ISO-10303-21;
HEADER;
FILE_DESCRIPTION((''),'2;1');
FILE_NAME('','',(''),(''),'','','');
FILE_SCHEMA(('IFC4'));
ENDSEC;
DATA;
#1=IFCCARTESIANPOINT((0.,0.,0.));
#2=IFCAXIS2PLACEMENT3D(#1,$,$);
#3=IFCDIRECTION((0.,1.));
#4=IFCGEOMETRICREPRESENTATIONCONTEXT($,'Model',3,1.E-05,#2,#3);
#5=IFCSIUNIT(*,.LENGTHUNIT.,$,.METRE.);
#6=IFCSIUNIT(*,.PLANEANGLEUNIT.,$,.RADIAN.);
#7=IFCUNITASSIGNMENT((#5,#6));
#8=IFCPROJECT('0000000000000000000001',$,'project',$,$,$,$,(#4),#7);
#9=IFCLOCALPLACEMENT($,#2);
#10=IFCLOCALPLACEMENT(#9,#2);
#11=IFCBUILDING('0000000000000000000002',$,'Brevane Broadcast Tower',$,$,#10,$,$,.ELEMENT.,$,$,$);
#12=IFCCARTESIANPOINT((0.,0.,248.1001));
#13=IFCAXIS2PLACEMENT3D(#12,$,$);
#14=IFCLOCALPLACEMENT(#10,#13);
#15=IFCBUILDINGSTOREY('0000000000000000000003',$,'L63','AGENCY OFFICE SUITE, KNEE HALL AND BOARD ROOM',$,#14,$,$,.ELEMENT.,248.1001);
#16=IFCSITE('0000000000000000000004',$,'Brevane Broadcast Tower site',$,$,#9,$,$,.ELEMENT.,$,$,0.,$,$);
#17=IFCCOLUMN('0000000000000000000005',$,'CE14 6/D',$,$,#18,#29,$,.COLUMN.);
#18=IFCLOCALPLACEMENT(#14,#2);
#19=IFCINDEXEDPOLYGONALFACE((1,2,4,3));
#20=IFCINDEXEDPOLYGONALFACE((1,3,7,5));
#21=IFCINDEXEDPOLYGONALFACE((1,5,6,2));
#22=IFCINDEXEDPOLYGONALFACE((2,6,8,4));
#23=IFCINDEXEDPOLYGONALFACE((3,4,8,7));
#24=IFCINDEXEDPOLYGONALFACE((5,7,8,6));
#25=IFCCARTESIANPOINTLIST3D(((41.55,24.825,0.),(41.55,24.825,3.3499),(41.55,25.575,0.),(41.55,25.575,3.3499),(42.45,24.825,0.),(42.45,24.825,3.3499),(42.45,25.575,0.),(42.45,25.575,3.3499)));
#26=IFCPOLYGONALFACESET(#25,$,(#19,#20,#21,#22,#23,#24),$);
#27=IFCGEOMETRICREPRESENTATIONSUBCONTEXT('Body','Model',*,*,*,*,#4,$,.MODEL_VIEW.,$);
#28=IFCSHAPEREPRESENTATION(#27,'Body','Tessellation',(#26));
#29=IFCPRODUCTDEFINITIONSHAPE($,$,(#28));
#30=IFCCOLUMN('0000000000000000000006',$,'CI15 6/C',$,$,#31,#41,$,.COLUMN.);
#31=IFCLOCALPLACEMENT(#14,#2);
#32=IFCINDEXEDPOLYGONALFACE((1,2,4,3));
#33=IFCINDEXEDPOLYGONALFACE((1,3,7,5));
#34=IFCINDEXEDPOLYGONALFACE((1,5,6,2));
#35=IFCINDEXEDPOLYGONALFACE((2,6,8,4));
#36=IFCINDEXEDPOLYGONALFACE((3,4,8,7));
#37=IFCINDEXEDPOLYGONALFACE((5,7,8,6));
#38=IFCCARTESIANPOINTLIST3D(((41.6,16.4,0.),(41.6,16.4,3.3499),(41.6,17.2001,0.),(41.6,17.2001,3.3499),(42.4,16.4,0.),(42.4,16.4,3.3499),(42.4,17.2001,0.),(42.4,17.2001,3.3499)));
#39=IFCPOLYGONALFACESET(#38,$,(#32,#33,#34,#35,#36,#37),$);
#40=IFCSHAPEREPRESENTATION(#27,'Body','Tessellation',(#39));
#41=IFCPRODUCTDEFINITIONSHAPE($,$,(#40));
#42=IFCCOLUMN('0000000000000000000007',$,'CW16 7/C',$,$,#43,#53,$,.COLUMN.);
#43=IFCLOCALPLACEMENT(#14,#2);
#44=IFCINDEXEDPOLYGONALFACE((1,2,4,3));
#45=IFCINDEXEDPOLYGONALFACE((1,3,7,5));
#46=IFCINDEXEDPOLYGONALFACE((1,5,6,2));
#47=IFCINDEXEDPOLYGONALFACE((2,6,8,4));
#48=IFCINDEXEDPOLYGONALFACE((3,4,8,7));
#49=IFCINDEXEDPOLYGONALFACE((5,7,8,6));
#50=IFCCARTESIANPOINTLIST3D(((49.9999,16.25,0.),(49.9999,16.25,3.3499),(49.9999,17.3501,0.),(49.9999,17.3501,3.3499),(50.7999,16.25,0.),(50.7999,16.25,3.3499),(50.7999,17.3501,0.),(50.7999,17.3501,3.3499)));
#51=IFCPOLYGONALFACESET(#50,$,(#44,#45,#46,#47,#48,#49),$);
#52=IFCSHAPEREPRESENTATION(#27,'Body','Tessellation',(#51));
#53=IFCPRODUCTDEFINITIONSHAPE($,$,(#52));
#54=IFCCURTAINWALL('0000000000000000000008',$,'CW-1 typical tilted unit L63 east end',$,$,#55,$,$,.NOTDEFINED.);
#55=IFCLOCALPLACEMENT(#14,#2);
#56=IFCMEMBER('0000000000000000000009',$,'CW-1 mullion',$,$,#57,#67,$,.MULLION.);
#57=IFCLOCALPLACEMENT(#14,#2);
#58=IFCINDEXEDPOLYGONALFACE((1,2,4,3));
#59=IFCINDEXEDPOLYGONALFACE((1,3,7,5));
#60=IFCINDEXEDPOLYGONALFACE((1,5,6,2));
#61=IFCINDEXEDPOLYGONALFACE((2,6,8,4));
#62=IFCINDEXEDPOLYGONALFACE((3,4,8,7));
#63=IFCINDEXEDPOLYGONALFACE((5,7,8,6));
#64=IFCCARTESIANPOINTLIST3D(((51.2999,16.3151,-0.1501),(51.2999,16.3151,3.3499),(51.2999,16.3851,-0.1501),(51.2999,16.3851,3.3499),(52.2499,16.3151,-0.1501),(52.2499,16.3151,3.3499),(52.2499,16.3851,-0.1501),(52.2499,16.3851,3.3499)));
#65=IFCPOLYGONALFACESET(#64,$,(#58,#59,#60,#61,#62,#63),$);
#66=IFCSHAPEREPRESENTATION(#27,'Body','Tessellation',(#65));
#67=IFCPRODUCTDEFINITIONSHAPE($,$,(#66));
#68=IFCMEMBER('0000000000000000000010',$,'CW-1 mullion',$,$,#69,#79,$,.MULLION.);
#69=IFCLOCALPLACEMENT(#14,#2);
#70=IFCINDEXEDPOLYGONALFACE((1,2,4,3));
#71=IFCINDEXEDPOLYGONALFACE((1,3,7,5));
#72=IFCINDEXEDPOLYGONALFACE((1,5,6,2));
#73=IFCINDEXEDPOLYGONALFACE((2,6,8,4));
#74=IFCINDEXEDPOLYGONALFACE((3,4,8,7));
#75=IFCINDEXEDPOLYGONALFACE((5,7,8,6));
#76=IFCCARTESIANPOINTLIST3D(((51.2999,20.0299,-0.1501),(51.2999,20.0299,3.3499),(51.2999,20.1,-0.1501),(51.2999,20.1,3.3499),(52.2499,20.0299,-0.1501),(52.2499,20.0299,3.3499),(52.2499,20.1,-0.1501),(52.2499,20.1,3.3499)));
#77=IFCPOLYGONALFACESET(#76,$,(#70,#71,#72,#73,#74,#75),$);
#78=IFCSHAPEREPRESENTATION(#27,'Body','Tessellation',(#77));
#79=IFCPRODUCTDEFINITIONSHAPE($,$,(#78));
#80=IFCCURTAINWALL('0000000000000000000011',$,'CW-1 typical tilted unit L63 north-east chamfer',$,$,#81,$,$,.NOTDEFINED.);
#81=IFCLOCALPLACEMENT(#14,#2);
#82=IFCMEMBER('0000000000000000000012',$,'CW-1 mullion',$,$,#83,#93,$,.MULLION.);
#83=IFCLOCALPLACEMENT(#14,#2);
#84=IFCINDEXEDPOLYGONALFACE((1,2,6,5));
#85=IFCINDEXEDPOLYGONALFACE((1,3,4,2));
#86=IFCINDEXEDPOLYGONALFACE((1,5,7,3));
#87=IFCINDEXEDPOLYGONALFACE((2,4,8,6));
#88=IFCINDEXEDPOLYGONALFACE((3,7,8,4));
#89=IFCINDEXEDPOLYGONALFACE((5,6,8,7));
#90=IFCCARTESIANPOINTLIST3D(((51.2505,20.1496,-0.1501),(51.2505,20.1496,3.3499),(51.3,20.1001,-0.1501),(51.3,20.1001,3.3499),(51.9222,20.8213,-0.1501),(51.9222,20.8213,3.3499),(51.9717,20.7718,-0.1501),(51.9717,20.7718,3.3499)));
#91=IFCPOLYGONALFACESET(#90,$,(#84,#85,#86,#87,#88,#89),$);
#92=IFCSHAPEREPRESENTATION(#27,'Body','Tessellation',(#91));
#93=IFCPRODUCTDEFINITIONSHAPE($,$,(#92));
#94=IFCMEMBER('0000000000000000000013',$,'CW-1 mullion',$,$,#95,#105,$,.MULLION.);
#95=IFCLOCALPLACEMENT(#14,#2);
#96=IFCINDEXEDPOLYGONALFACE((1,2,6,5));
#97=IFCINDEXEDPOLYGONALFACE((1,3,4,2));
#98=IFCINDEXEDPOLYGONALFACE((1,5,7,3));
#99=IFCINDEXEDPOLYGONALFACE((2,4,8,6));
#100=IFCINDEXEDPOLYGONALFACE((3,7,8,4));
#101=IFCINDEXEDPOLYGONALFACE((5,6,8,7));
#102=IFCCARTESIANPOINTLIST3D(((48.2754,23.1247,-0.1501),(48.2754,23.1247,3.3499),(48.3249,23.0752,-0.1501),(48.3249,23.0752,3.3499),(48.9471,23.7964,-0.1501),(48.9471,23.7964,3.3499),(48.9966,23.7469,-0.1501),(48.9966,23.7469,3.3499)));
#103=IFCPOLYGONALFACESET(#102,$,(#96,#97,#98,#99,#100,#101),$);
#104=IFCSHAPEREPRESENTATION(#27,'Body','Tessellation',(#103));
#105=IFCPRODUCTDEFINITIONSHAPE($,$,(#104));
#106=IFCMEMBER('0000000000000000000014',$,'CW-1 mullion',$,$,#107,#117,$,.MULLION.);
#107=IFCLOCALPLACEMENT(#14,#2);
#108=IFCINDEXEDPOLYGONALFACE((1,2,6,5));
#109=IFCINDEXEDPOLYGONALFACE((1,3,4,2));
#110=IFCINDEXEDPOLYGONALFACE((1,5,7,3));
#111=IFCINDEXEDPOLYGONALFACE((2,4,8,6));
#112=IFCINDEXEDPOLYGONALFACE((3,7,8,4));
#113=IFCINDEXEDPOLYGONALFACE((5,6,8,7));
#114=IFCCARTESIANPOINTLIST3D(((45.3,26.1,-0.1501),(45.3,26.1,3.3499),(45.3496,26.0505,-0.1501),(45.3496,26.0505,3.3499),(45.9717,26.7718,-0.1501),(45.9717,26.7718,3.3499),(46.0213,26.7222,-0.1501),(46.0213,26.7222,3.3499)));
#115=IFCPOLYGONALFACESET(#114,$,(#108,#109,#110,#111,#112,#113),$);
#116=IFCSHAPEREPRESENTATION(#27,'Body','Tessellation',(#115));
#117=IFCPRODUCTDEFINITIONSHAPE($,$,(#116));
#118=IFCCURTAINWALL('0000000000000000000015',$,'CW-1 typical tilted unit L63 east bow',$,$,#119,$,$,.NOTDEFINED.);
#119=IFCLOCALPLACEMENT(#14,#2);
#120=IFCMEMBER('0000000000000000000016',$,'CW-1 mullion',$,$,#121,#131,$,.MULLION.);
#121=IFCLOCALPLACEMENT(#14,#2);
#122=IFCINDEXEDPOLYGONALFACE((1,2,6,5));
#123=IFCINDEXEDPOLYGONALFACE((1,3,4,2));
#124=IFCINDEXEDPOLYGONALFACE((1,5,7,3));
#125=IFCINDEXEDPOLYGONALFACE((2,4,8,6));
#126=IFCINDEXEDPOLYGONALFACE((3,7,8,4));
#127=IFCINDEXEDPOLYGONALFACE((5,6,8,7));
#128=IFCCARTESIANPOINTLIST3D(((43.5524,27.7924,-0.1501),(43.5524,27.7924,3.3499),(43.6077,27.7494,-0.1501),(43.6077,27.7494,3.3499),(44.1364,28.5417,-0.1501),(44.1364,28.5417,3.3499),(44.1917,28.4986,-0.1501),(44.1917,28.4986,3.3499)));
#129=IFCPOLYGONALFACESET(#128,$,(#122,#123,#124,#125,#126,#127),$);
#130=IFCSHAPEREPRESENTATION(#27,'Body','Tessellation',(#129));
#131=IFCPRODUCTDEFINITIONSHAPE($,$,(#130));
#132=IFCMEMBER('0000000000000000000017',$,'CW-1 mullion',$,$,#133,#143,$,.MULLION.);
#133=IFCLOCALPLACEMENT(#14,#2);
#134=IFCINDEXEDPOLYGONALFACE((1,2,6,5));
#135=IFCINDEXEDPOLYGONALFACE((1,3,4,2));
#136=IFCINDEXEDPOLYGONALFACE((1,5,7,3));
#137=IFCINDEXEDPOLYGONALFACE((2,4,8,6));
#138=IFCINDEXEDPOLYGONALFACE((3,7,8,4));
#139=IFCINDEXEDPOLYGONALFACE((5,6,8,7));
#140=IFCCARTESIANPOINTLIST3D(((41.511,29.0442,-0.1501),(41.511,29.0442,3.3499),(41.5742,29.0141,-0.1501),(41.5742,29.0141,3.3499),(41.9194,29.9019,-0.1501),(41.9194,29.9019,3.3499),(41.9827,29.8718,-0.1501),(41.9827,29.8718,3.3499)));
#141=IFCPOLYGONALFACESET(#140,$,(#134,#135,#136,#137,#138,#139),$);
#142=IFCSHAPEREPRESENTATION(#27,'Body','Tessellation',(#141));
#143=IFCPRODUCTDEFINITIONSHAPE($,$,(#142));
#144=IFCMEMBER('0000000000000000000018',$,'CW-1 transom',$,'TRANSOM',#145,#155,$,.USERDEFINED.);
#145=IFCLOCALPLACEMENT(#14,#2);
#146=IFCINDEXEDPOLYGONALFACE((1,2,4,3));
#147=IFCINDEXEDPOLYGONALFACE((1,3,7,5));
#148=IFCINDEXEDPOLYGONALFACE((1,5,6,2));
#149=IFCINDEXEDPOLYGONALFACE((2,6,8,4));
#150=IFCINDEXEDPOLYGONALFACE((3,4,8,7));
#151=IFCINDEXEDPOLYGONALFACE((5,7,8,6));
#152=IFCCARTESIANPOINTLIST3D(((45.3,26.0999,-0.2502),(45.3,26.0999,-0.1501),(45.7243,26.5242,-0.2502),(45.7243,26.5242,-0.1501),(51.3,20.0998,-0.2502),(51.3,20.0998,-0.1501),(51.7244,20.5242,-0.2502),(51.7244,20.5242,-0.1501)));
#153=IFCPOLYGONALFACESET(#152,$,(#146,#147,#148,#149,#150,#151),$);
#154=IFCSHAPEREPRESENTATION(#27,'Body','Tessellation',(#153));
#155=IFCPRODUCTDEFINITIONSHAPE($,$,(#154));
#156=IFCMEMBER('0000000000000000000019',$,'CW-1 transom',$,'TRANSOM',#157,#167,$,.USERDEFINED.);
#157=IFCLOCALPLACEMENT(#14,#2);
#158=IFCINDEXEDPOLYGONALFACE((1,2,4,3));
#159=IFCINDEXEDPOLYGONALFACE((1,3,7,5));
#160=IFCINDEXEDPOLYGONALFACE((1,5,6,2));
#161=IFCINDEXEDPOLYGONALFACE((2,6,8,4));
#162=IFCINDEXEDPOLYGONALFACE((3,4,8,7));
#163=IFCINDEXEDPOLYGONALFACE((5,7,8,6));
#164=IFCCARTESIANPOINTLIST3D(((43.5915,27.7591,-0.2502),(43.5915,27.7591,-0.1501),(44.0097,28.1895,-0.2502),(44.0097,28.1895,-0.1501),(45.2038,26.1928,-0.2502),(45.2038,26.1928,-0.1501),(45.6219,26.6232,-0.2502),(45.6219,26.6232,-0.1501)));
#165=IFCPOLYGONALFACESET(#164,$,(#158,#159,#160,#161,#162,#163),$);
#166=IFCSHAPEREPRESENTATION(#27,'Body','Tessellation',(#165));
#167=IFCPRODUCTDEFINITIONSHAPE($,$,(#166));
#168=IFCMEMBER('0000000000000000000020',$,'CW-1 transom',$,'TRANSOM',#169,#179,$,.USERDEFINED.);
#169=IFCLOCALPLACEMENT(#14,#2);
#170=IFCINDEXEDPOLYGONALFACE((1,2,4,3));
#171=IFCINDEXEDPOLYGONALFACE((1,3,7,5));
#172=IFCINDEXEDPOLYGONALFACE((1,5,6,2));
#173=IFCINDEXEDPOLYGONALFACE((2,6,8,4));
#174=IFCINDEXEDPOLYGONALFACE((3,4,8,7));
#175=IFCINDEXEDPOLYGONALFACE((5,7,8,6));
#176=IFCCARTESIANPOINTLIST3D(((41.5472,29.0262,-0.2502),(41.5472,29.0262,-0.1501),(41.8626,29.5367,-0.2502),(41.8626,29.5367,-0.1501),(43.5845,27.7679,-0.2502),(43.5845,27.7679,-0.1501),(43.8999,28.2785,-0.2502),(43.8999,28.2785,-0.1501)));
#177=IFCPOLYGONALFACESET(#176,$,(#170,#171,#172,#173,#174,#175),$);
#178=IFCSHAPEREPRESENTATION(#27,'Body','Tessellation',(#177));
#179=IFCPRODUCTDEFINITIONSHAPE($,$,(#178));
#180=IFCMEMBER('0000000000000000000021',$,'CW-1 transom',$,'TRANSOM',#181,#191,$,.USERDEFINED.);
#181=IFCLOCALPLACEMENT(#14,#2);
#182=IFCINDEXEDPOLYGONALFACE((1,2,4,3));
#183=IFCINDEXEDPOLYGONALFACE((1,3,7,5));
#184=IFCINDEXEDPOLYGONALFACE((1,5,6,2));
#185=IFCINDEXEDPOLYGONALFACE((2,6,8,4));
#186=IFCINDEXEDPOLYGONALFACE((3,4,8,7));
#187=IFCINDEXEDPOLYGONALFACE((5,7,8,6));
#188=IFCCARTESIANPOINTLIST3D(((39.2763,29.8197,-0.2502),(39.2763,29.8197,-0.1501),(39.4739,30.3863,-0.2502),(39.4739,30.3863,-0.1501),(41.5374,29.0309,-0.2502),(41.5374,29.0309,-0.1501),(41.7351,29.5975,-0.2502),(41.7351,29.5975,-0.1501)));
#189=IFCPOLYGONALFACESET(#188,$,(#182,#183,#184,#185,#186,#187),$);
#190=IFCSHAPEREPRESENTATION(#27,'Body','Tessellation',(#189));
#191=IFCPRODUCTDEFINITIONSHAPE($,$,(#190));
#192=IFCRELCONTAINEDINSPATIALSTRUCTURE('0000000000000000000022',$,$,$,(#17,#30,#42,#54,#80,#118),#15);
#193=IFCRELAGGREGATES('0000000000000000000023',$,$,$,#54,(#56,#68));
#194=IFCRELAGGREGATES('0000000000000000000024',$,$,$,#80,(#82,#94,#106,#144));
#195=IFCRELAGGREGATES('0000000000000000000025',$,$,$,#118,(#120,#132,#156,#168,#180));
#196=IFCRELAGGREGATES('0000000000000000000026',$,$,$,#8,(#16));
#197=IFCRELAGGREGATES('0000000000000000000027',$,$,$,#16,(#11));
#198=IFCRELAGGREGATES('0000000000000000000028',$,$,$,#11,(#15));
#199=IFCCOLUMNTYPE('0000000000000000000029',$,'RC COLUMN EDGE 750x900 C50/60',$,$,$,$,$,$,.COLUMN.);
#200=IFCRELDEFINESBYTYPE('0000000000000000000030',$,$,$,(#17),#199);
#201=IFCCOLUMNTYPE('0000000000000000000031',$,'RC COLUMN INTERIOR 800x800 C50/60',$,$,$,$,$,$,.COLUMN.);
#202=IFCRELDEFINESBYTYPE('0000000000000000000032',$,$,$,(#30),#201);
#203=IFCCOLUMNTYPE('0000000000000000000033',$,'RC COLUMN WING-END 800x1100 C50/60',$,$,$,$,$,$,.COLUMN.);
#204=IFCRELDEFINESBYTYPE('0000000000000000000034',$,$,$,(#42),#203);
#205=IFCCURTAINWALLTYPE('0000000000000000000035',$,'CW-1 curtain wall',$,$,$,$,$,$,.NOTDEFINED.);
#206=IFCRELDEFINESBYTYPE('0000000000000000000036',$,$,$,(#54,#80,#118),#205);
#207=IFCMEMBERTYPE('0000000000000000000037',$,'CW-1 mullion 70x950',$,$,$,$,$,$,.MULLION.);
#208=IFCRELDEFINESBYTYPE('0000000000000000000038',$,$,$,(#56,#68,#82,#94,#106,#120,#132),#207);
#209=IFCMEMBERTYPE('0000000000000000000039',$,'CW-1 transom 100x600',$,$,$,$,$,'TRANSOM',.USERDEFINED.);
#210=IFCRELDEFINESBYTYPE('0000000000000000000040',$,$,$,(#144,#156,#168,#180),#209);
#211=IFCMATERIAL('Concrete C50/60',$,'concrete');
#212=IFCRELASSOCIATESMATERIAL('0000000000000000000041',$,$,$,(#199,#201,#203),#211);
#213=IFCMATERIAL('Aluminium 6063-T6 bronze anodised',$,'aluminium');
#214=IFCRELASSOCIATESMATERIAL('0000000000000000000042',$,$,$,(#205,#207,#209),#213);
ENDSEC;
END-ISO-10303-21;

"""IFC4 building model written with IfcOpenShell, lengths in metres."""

from ifc_helpers import new_model, si_unit, direction, frame, origin, origin_2d, place, context, subcontext, project, spatial, rectangle, extrude, material, material_profile, profile_set, type_object, element, aggregate, save


model = new_model("IFC4")

# Units and contexts
model_context = context("Model", 3, precision=1e-05, world=origin(), true_north=direction((0.0, 1.0)))
body_context = subcontext(model_context, "Body", "Model", "MODEL_VIEW")
ifc_project = project(units=[si_unit("LENGTHUNIT", "METRE"), si_unit("PLANEANGLEUNIT", "RADIAN")], contexts=[model_context])

# Site, building, storey
site_placement = place(None, origin())
site = spatial("IfcSite", under=ifc_project, at=site_placement, Name="Brevane Broadcast Tower site", CompositionType="ELEMENT", RefElevation=0.0)
building_placement = place(site_placement, origin())
building = spatial("IfcBuilding", under=site, at=building_placement, Name="Brevane Broadcast Tower", CompositionType="ELEMENT")
storey_placement = place(building_placement, frame((0.0, 0.0, 248.1001)))
storey = spatial("IfcBuildingStorey", under=building, at=storey_placement, Name="L63", Description="AGENCY OFFICE SUITE, KNEE HALL AND BOARD ROOM", CompositionType="ELEMENT", Elevation=248.1001)

# Columns
ifc_material_1 = material(Name="Concrete C50/60", Category="concrete")
ifc_material_profile_1 = material_profile(ifc_material_1, rectangle(XDim=0.75, YDim=0.8999, at=origin_2d()), Name="RC 750x900")
ifc_profile_set_1 = profile_set([ifc_material_profile_1], Name="Concrete C50/60")
column_type_1 = type_object("IfcColumnType", Name="RC COLUMN EDGE 750x900 C50/60", PredefinedType="COLUMN", material=ifc_profile_set_1)
column_1_placement = place(storey_placement, frame((42.0, 25.2, 0.0), z_axis=(0.0, 0.0, 1.0), x_axis=(0.0, 1.0, 0.0)))
element("IfcColumn", 1, at=column_1_placement, inside=storey, type_object=column_type_1, Name="CE14 6/D", PredefinedType="COLUMN", context=body_context, shape_type="SweptSolid", body=[
    extrude(rectangle(XDim=0.75, YDim=0.8999, at=origin_2d()), origin(), (0.0, 0.0, 1.0), 3.3499),
])
ifc_material_profile_2 = material_profile(ifc_material_1, rectangle(XDim=0.8, YDim=0.8, at=origin_2d()), Name="RC 800x800")
ifc_profile_set_2 = profile_set([ifc_material_profile_2], Name="Concrete C50/60")
column_type_2 = type_object("IfcColumnType", Name="RC COLUMN INTERIOR 800x800 C50/60", PredefinedType="COLUMN", material=ifc_profile_set_2)
column_2_placement = place(storey_placement, frame((42.0, 16.8, 0.0), z_axis=(0.0, 0.0, 1.0), x_axis=(1.0, 0.0, 0.0)))
element("IfcColumn", 2, at=column_2_placement, inside=storey, type_object=column_type_2, Name="CI15 6/C", PredefinedType="COLUMN", context=body_context, shape_type="SweptSolid", body=[
    extrude(rectangle(XDim=0.8, YDim=0.8, at=origin_2d()), origin(), (0.0, 0.0, 1.0), 3.3499),
])
ifc_material_profile_3 = material_profile(ifc_material_1, rectangle(XDim=0.8, YDim=1.1001, at=origin_2d()), Name="RC 800x1100")
ifc_profile_set_3 = profile_set([ifc_material_profile_3], Name="Concrete C50/60")
column_type_3 = type_object("IfcColumnType", Name="RC COLUMN WING-END 800x1100 C50/60", PredefinedType="COLUMN", material=ifc_profile_set_3)
column_3_placement = place(storey_placement, frame((50.3999, 16.8, 0.0), z_axis=(0.0, 0.0, 1.0), x_axis=(1.0, 0.0, 0.0)))
element("IfcColumn", 3, at=column_3_placement, inside=storey, type_object=column_type_3, Name="CW16 7/C", PredefinedType="COLUMN", context=body_context, shape_type="SweptSolid", body=[
    extrude(rectangle(XDim=0.8, YDim=1.1001, at=origin_2d()), origin(), (0.0, 0.0, 1.0), 3.3499),
])

# Curtain walls, members
ifc_material_2 = material(Name="Aluminium 6063-T6 bronze anodised", Category="aluminium")
curtain_wall_type = type_object("IfcCurtainWallType", Name="CW-1 curtain wall", PredefinedType="NOTDEFINED", material=ifc_material_2)
curtain_wall_1_placement = place(storey_placement, origin())
curtain_wall_1 = element("IfcCurtainWall", 4, at=curtain_wall_1_placement, inside=storey, type_object=curtain_wall_type, Name="CW-1 typical tilted unit L63 east end", PredefinedType="NOTDEFINED")
ifc_material_profile_4 = material_profile(ifc_material_2, rectangle(XDim=0.95, YDim=0.0701, at=origin_2d()), Name="RECT 70x950")
ifc_profile_set_4 = profile_set([ifc_material_profile_4], Name="Aluminium 6063-T6 bronze anodised")
member_type_1 = type_object("IfcMemberType", Name="CW-1 mullion 70x950", PredefinedType="MULLION", material=ifc_profile_set_4)
member_1_placement = place(storey_placement, frame((51.7749, 16.3501, -0.1501), z_axis=(0.0, 0.0, 1.0), x_axis=(-1.0, 0.0, 0.0)))
member_1 = element("IfcMember", 5, at=member_1_placement, type_object=member_type_1, Name="CW-1 mullion", PredefinedType="MULLION", context=body_context, shape_type="SweptSolid", body=[
    extrude(rectangle(XDim=0.95, YDim=0.0701, at=origin_2d()), origin(), (0.0, 0.0, 1.0), 3.5),
])
member_2_placement = place(storey_placement, frame((51.7749, 20.0649, -0.1501), z_axis=(0.0, 0.0, 1.0), x_axis=(-1.0, 0.0, 0.0)))
member_2 = element("IfcMember", 6, at=member_2_placement, type_object=member_type_1, Name="CW-1 mullion", PredefinedType="MULLION", context=body_context, shape_type="SweptSolid", body=[
    extrude(rectangle(XDim=0.95, YDim=0.0701, at=origin_2d()), origin(), (0.0, 0.0, 1.0), 3.5),
])
aggregate(curtain_wall_1, [member_1, member_2])
curtain_wall_2_placement = place(storey_placement, origin())
curtain_wall_2 = element("IfcCurtainWall", 7, at=curtain_wall_2_placement, inside=storey, type_object=curtain_wall_type, Name="CW-1 typical tilted unit L63 north-east chamfer", PredefinedType="NOTDEFINED")
member_3_placement = place(storey_placement, frame((51.6111, 20.4607, -0.1501), z_axis=(0.0, 0.0, 1.0), x_axis=(-0.707107, -0.707107, 0.0)))
member_3 = element("IfcMember", 8, at=member_3_placement, type_object=member_type_1, Name="CW-1 mullion", PredefinedType="MULLION", context=body_context, shape_type="SweptSolid", body=[
    extrude(rectangle(XDim=0.95, YDim=0.0701, at=origin_2d()), origin(), (0.0, 0.0, 1.0), 3.5),
])
member_4_placement = place(storey_placement, frame((48.636, 23.4358, -0.1501), z_axis=(0.0, 0.0, 1.0), x_axis=(-0.707107, -0.707107, 0.0)))
member_4 = element("IfcMember", 9, at=member_4_placement, type_object=member_type_1, Name="CW-1 mullion", PredefinedType="MULLION", context=body_context, shape_type="SweptSolid", body=[
    extrude(rectangle(XDim=0.95, YDim=0.0701, at=origin_2d()), origin(), (0.0, 0.0, 1.0), 3.5),
])
member_5_placement = place(storey_placement, frame((45.6606, 26.4111, -0.1501), z_axis=(0.0, 0.0, 1.0), x_axis=(-0.707107, -0.707107, 0.0)))
member_5 = element("IfcMember", 10, at=member_5_placement, type_object=member_type_1, Name="CW-1 mullion", PredefinedType="MULLION", context=body_context, shape_type="SweptSolid", body=[
    extrude(rectangle(XDim=0.95, YDim=0.0701, at=origin_2d()), origin(), (0.0, 0.0, 1.0), 3.5),
])
curtain_wall_3_placement = place(storey_placement, origin())
curtain_wall_3 = element("IfcCurtainWall", 11, at=curtain_wall_3_placement, inside=storey, type_object=curtain_wall_type, Name="CW-1 typical tilted unit L63 east bow", PredefinedType="NOTDEFINED")
member_6_placement = place(storey_placement, frame((43.8721, 28.1455, -0.1501), z_axis=(0.0, 0.0, 1.0), x_axis=(-0.61477, -0.788707, 0.0)))
member_6 = element("IfcMember", 12, at=member_6_placement, type_object=member_type_1, Name="CW-1 mullion", PredefinedType="MULLION", context=body_context, shape_type="SweptSolid", body=[
    extrude(rectangle(XDim=0.95, YDim=0.0701, at=origin_2d()), origin(), (0.0, 0.0, 1.0), 3.5),
])
member_7_placement = place(storey_placement, frame((41.7468, 29.458, -0.1501), z_axis=(0.0, 0.0, 1.0), x_axis=(-0.429934, -0.902861, 0.0)))
member_7 = element("IfcMember", 13, at=member_7_placement, type_object=member_type_1, Name="CW-1 mullion", PredefinedType="MULLION", context=body_context, shape_type="SweptSolid", body=[
    extrude(rectangle(XDim=0.95, YDim=0.0701, at=origin_2d()), origin(), (0.0, 0.0, 1.0), 3.5),
])

# Members
ifc_material_profile_5 = material_profile(ifc_material_2, rectangle(XDim=0.6001, YDim=0.1001, at=origin_2d()), Name="RECT 100x600")
ifc_profile_set_5 = profile_set([ifc_material_profile_5], Name="Aluminium 6063-T6 bronze anodised")
member_type_2 = type_object("IfcMemberType", Name="CW-1 transom 100x600", ElementType="TRANSOM", PredefinedType="USERDEFINED", material=ifc_profile_set_5)
member_8_placement = place(storey_placement, frame((51.5122, 20.312, -0.2002), z_axis=(-0.707107, 0.707107, 0.0), x_axis=(-0.707107, -0.707107, 0.0)))
member_8 = element("IfcMember", 14, at=member_8_placement, type_object=member_type_2, Name="CW-1 transom", ObjectType="TRANSOM", PredefinedType="USERDEFINED", context=body_context, shape_type="SweptSolid", body=[
    extrude(rectangle(XDim=0.6001, YDim=0.1001, at=origin_2d()), origin(), (0.0, 0.0, 1.0), 8.4854),
])
aggregate(curtain_wall_2, [member_3, member_4, member_5, member_8])
member_9_placement = place(storey_placement, frame((45.4128, 26.408, -0.2002), z_axis=(-0.717242, 0.696824, 0.0), x_axis=(-0.696824, -0.717242, 0.0)))
member_9 = element("IfcMember", 15, at=member_9_placement, type_object=member_type_2, Name="CW-1 transom", ObjectType="TRANSOM", PredefinedType="USERDEFINED", context=body_context, shape_type="SweptSolid", body=[
    extrude(rectangle(XDim=0.6001, YDim=0.1001, at=origin_2d()), origin(), (0.0, 0.0, 1.0), 2.2478),
])
member_10_placement = place(storey_placement, frame((43.7422, 28.0232, -0.2002), z_axis=(-0.85081, 0.525473, 0.0), x_axis=(-0.525473, -0.85081, 0.0)))
member_10 = element("IfcMember", 16, at=member_10_placement, type_object=member_type_2, Name="CW-1 transom", ObjectType="TRANSOM", PredefinedType="USERDEFINED", context=body_context, shape_type="SweptSolid", body=[
    extrude(rectangle(XDim=0.6001, YDim=0.1001, at=origin_2d()), origin(), (0.0, 0.0, 1.0), 2.3945),
])
member_11_placement = place(storey_placement, frame((41.6362, 29.3142, -0.2002), z_axis=(-0.944198, 0.329378, 0.0), x_axis=(-0.329378, -0.944198, 0.0)))
member_11 = element("IfcMember", 17, at=member_11_placement, type_object=member_type_2, Name="CW-1 transom", ObjectType="TRANSOM", PredefinedType="USERDEFINED", context=body_context, shape_type="SweptSolid", body=[
    extrude(rectangle(XDim=0.6001, YDim=0.1001, at=origin_2d()), origin(), (0.0, 0.0, 1.0), 2.3948),
])
aggregate(curtain_wall_3, [member_6, member_7, member_9, member_10, member_11])

save(model, "model.ifc")
